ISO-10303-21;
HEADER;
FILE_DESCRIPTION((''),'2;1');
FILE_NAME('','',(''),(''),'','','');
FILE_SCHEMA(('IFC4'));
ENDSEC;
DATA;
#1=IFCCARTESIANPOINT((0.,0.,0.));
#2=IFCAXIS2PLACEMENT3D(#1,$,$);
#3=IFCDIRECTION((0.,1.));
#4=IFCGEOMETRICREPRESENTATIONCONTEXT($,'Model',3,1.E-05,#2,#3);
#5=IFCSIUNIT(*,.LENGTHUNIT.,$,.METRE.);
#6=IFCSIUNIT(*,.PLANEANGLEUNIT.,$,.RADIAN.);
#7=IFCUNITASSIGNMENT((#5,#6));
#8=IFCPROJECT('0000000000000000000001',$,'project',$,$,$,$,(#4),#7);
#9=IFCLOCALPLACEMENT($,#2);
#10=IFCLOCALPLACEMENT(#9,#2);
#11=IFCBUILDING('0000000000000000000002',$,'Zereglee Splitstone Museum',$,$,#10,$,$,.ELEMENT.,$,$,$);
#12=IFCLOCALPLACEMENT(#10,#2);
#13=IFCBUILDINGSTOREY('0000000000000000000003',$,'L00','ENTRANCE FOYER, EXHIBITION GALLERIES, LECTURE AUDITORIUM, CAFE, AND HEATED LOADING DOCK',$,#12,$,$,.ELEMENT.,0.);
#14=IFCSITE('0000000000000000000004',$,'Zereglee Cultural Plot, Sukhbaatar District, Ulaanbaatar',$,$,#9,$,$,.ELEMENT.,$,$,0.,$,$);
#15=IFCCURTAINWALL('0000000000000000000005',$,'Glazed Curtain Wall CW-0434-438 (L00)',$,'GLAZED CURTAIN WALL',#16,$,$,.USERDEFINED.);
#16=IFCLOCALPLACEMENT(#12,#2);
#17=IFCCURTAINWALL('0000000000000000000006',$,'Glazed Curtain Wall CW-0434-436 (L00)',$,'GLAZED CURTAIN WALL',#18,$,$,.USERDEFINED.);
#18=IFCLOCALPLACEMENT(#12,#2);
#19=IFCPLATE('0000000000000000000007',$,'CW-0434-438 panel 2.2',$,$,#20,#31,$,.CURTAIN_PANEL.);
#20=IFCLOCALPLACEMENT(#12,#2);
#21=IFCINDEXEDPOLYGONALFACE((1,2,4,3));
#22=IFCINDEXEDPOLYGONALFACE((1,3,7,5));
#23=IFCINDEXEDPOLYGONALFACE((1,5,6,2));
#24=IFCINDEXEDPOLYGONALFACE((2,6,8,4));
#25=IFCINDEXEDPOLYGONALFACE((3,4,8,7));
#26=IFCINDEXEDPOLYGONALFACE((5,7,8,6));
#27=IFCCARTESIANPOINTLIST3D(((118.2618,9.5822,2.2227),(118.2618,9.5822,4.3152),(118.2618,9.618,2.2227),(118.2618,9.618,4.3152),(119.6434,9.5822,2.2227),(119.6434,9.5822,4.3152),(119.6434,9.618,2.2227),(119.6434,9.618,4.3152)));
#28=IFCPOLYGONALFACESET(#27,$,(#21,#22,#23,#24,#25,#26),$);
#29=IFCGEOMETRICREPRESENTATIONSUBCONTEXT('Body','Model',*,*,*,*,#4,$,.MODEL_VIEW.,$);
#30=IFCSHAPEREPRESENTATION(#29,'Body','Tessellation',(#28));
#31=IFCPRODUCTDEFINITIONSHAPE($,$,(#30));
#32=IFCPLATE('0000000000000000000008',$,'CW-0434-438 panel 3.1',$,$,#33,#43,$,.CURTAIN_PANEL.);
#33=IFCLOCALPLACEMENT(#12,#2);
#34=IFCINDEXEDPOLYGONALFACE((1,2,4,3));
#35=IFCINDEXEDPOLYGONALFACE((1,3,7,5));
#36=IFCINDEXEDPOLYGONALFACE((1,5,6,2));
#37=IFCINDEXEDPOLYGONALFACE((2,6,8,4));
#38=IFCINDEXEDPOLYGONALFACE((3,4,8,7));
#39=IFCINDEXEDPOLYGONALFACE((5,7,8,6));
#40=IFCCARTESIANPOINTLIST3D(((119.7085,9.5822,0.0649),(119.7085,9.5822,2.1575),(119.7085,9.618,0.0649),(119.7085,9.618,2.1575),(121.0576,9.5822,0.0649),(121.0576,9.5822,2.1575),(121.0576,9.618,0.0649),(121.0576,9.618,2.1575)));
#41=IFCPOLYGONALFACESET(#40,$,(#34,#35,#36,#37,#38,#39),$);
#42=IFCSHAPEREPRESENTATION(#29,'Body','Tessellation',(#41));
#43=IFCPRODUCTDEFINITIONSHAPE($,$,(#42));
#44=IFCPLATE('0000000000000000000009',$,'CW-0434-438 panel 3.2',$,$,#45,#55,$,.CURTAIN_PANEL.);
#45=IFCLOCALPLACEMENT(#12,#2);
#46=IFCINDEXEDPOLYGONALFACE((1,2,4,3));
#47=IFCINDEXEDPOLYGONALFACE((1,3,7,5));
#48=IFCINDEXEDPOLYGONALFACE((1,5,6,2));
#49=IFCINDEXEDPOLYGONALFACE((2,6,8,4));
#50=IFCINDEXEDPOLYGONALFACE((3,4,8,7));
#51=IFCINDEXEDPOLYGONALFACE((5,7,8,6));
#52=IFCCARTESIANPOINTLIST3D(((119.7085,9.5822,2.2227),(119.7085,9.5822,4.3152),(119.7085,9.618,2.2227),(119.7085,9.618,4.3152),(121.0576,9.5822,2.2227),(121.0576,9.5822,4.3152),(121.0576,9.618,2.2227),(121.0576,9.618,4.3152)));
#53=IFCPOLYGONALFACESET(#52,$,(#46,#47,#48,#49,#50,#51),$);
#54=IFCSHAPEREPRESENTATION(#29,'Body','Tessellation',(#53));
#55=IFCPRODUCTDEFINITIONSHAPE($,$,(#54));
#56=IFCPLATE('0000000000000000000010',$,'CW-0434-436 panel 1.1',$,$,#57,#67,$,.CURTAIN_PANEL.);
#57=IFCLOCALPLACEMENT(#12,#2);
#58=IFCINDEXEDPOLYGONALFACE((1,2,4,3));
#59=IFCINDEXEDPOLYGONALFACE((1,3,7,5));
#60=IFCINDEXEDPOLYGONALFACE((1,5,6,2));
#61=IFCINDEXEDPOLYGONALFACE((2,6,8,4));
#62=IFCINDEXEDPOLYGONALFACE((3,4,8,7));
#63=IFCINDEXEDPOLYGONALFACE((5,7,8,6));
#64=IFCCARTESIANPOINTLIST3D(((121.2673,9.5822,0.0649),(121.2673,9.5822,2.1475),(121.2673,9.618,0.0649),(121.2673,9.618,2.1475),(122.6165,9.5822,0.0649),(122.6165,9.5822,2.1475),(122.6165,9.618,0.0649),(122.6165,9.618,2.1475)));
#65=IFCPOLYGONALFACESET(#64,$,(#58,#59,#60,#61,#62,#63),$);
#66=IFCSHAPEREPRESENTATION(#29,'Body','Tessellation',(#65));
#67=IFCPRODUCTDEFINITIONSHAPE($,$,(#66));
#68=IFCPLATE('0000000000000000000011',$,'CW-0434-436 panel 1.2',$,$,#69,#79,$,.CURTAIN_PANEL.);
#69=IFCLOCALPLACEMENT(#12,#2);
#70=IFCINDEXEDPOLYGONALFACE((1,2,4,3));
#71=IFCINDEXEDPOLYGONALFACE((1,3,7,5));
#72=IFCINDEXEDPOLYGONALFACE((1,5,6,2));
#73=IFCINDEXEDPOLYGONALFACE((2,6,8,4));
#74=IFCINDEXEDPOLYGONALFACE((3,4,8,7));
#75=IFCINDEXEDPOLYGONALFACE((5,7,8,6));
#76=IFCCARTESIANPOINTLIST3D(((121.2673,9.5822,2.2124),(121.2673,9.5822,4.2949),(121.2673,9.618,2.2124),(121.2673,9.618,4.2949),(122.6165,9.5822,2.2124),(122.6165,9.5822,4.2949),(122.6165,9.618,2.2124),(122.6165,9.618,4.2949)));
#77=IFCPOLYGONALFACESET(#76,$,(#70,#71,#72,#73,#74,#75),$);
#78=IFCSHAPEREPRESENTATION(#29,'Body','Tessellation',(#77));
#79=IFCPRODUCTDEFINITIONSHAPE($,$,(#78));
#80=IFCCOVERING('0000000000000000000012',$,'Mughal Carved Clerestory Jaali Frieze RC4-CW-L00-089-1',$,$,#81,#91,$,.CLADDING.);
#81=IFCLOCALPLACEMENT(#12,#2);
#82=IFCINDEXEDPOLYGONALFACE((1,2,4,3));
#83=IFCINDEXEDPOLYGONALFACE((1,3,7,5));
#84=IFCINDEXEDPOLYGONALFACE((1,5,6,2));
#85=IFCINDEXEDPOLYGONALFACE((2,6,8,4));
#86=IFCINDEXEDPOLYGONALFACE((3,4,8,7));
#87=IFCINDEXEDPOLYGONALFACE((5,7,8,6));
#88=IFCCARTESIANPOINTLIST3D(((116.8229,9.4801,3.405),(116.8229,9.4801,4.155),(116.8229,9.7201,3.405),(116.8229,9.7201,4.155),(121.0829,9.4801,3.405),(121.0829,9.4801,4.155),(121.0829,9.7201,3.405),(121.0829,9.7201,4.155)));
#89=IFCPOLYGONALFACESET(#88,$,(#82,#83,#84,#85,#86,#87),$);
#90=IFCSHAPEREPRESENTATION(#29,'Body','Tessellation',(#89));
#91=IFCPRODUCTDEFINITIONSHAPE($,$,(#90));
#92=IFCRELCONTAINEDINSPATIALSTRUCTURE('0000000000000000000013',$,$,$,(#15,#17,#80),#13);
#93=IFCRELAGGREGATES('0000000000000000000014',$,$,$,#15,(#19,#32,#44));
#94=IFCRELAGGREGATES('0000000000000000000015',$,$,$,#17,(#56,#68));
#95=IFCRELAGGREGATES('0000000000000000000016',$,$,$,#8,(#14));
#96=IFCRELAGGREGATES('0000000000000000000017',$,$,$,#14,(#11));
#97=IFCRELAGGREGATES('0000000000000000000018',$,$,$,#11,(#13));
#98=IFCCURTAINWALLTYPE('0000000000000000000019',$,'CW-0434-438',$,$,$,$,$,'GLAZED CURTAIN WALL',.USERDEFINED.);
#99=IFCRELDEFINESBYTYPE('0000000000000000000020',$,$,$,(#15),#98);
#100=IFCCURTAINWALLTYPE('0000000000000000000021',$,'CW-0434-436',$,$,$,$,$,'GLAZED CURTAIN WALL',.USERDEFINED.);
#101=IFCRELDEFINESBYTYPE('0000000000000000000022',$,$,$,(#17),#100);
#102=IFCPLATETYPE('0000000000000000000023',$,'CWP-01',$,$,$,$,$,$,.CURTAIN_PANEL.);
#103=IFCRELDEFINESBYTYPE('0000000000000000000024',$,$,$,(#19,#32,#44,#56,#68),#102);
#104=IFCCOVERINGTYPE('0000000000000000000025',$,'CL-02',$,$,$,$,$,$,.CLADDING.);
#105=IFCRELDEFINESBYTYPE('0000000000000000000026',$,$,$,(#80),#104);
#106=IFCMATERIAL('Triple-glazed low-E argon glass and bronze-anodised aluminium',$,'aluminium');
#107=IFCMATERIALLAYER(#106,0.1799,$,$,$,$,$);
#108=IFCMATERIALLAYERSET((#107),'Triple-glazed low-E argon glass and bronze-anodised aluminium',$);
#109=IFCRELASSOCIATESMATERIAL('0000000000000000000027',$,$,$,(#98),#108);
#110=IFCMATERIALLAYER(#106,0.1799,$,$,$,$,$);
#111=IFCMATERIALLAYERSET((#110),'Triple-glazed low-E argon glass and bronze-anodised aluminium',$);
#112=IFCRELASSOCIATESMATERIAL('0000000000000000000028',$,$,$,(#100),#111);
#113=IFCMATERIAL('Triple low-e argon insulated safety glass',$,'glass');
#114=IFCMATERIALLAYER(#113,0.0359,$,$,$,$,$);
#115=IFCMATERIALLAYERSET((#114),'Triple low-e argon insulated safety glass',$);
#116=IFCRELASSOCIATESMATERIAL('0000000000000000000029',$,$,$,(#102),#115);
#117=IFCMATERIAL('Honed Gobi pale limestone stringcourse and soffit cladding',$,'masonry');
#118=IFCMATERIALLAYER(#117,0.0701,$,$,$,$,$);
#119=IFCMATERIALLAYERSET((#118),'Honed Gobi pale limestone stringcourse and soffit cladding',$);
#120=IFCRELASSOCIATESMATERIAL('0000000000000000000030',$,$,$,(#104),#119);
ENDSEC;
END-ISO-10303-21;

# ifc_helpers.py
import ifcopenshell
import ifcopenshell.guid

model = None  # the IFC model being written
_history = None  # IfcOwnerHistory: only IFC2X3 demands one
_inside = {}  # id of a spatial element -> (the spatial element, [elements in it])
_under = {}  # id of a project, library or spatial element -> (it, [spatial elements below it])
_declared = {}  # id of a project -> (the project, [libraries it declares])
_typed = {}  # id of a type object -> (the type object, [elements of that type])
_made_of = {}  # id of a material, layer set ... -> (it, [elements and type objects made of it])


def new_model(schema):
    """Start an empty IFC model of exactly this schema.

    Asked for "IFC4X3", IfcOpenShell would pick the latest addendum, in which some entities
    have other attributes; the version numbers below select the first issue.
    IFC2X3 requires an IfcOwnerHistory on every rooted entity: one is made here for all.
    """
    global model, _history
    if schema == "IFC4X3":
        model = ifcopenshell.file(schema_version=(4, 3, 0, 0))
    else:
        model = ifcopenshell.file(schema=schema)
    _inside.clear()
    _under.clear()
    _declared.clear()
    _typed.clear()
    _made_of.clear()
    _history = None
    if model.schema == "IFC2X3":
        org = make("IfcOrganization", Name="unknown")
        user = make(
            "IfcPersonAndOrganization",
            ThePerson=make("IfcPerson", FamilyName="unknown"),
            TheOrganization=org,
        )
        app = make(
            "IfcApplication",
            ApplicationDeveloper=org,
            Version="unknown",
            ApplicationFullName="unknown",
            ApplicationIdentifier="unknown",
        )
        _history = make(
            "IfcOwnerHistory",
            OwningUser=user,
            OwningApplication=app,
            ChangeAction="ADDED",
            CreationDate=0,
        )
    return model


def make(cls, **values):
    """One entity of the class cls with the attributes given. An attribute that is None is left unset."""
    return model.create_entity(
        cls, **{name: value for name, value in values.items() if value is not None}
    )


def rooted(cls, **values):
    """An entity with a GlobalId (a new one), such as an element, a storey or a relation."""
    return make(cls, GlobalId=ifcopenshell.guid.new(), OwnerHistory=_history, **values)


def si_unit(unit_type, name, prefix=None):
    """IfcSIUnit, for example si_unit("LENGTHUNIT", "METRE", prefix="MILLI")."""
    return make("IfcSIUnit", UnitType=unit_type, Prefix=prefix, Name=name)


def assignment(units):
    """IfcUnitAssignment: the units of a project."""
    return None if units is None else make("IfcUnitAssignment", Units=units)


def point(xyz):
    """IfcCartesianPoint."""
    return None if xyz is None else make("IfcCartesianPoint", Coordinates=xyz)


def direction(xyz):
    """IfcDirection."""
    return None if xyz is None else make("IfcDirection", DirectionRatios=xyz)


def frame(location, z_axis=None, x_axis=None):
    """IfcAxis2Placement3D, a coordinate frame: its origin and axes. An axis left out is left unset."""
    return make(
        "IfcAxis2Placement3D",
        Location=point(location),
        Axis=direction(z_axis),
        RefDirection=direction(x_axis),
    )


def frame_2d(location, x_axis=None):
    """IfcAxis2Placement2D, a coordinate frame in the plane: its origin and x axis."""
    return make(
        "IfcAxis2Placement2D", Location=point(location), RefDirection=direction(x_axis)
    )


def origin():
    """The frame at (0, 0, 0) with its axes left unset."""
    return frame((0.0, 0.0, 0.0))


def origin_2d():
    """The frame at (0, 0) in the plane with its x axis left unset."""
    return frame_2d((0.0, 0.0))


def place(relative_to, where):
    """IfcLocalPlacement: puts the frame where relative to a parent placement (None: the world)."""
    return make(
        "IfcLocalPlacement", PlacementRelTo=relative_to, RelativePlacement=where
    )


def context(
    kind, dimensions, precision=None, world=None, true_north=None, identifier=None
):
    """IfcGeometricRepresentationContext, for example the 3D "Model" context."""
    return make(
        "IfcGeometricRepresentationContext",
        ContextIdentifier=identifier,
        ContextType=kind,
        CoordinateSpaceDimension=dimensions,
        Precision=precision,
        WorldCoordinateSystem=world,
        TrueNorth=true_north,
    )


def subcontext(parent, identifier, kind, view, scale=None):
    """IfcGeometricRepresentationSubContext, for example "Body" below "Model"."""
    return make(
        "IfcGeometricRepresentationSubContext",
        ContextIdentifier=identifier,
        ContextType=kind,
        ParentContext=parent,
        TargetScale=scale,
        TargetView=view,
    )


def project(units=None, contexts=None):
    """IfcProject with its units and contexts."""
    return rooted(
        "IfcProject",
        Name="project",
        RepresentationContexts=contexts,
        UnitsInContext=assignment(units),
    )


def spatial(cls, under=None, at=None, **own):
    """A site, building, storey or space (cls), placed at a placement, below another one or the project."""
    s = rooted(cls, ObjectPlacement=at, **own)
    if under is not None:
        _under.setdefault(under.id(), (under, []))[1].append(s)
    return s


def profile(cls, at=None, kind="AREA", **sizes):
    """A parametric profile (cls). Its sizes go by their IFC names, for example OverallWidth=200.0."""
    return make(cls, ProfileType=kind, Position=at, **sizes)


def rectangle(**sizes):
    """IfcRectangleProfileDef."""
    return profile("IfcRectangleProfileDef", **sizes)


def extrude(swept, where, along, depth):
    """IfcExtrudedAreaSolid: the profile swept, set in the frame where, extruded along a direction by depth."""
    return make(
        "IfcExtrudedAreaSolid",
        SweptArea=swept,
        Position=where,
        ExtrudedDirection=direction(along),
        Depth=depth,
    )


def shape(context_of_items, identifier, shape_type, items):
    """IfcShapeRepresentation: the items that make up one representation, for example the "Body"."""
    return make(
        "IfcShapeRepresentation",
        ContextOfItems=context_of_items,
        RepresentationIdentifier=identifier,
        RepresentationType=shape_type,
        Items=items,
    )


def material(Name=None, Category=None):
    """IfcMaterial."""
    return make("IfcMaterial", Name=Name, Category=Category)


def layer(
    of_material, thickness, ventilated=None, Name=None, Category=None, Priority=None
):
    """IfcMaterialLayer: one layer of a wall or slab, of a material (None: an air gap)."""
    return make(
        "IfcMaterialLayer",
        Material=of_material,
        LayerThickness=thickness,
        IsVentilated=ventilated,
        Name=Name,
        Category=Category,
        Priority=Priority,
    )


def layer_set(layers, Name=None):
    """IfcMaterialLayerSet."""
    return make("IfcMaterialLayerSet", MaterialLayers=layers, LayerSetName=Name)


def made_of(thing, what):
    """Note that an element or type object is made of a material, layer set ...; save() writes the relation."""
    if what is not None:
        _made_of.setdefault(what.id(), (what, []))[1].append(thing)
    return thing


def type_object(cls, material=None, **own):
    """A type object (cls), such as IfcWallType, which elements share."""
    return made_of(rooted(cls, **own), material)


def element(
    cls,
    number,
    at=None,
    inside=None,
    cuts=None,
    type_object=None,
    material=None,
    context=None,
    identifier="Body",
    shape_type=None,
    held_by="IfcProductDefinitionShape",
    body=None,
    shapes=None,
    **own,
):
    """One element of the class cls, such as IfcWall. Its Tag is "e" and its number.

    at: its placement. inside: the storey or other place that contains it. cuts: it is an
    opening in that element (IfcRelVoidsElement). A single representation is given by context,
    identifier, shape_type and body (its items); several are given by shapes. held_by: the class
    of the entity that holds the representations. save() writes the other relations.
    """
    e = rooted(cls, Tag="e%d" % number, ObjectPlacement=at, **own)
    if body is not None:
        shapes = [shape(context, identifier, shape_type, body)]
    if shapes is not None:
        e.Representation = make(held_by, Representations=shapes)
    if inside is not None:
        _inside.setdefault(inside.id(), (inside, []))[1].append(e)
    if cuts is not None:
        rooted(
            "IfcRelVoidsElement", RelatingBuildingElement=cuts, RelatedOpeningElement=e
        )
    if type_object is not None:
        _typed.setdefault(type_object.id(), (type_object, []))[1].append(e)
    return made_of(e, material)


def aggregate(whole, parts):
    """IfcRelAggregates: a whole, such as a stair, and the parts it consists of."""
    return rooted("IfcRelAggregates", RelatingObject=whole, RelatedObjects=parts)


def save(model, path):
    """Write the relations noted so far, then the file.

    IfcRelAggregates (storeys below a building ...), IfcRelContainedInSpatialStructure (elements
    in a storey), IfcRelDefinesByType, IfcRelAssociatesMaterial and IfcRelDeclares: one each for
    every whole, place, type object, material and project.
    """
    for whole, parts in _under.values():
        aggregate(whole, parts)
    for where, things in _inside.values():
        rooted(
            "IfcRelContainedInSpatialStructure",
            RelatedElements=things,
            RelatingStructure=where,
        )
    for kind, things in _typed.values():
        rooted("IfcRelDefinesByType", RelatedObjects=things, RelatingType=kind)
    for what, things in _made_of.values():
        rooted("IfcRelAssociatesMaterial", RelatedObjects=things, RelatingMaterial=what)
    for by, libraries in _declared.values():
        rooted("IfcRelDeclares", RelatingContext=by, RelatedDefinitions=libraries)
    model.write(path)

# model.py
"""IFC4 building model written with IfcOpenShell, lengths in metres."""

from ifc_helpers import new_model, si_unit, direction, frame, origin, origin_2d, place, context, subcontext, project, spatial, rectangle, extrude, material, layer, layer_set, type_object, element, aggregate, save


model = new_model("IFC4")

# Units and contexts
model_context = context("Model", 3, precision=1e-05, world=origin(), true_north=direction((0.0, 1.0)))
body_context = subcontext(model_context, "Body", "Model", "MODEL_VIEW")
ifc_project = project(units=[si_unit("LENGTHUNIT", "METRE"), si_unit("PLANEANGLEUNIT", "RADIAN")], contexts=[model_context])

# Site, building, storey
site_placement = place(None, origin())
site = spatial("IfcSite", under=ifc_project, at=site_placement, Name="Zereglee Cultural Plot, Sukhbaatar District, Ulaanbaatar", CompositionType="ELEMENT", RefElevation=0.0)
building_placement = place(site_placement, origin())
building = spatial("IfcBuilding", under=site, at=building_placement, Name="Zereglee Splitstone Museum", CompositionType="ELEMENT")
storey_placement = place(building_placement, origin())
storey = spatial("IfcBuildingStorey", under=building, at=storey_placement, Name="L00", Description="ENTRANCE FOYER, EXHIBITION GALLERIES, LECTURE AUDITORIUM, CAFE, AND HEATED LOADING DOCK", CompositionType="ELEMENT", Elevation=0.0)

# Curtain walls
ifc_material_1 = material(Name="Triple-glazed low-E argon glass and bronze-anodised aluminium", Category="aluminium")
ifc_layer_1 = layer(ifc_material_1, 0.1799)
ifc_layer_set_1 = layer_set([ifc_layer_1], Name="Triple-glazed low-E argon glass and bronze-anodised aluminium")
curtain_wall_type_1 = type_object("IfcCurtainWallType", Name="CW-0434-438", ElementType="GLAZED CURTAIN WALL", PredefinedType="USERDEFINED", material=ifc_layer_set_1)
curtain_wall_1_placement = place(storey_placement, origin())
curtain_wall_1 = element("IfcCurtainWall", 1, at=curtain_wall_1_placement, inside=storey, type_object=curtain_wall_type_1, Name="Glazed Curtain Wall CW-0434-438 (L00)", ObjectType="GLAZED CURTAIN WALL", PredefinedType="USERDEFINED")
ifc_layer_2 = layer(ifc_material_1, 0.1799)
ifc_layer_set_2 = layer_set([ifc_layer_2], Name="Triple-glazed low-E argon glass and bronze-anodised aluminium")
curtain_wall_type_2 = type_object("IfcCurtainWallType", Name="CW-0434-436", ElementType="GLAZED CURTAIN WALL", PredefinedType="USERDEFINED", material=ifc_layer_set_2)
curtain_wall_2_placement = place(storey_placement, origin())
curtain_wall_2 = element("IfcCurtainWall", 2, at=curtain_wall_2_placement, inside=storey, type_object=curtain_wall_type_2, Name="Glazed Curtain Wall CW-0434-436 (L00)", ObjectType="GLAZED CURTAIN WALL", PredefinedType="USERDEFINED")

# Plates
ifc_material_2 = material(Name="Triple low-e argon insulated safety glass", Category="glass")
ifc_layer_3 = layer(ifc_material_2, 0.0359)
ifc_layer_set_3 = layer_set([ifc_layer_3], Name="Triple low-e argon insulated safety glass")
plate_type = type_object("IfcPlateType", Name="CWP-01", PredefinedType="CURTAIN_PANEL", material=ifc_layer_set_3)
plate_1_placement = place(storey_placement, frame((118.9526, 9.6001, 2.2227), z_axis=(0.0, 0.0, 1.0), x_axis=(1.0, 0.0, 0.0)))
plate_1 = element("IfcPlate", 3, at=plate_1_placement, type_object=plate_type, Name="CW-0434-438 panel 2.2", PredefinedType="CURTAIN_PANEL", context=body_context, shape_type="SweptSolid", body=[
    extrude(rectangle(XDim=1.3816, YDim=0.0359, at=origin_2d()), origin(), (0.0, 0.0, 1.0), 2.0925),
])
plate_2_placement = place(storey_placement, frame((120.3831, 9.6001, 0.0649), z_axis=(0.0, 0.0, 1.0), x_axis=(1.0, 0.0, 0.0)))
plate_2 = element("IfcPlate", 4, at=plate_2_placement, type_object=plate_type, Name="CW-0434-438 panel 3.1", PredefinedType="CURTAIN_PANEL", context=body_context, shape_type="SweptSolid", body=[
    extrude(rectangle(XDim=1.3491, YDim=0.0359, at=origin_2d()), origin(), (0.0, 0.0, 1.0), 2.0925),
])
plate_3_placement = place(storey_placement, frame((120.3831, 9.6001, 2.2227), z_axis=(0.0, 0.0, 1.0), x_axis=(1.0, 0.0, 0.0)))
plate_3 = element("IfcPlate", 5, at=plate_3_placement, type_object=plate_type, Name="CW-0434-438 panel 3.2", PredefinedType="CURTAIN_PANEL", context=body_context, shape_type="SweptSolid", body=[
    extrude(rectangle(XDim=1.3491, YDim=0.0359, at=origin_2d()), origin(), (0.0, 0.0, 1.0), 2.0925),
])
aggregate(curtain_wall_1, [plate_1, plate_2, plate_3])
plate_4_placement = place(storey_placement, frame((121.9419, 9.6001, 0.0649), z_axis=(0.0, 0.0, 1.0), x_axis=(1.0, 0.0, 0.0)))
plate_4 = element("IfcPlate", 6, at=plate_4_placement, type_object=plate_type, Name="CW-0434-436 panel 1.1", PredefinedType="CURTAIN_PANEL", context=body_context, shape_type="SweptSolid", body=[
    extrude(rectangle(XDim=1.3491, YDim=0.0359, at=origin_2d()), origin(), (0.0, 0.0, 1.0), 2.0825),
])
plate_5_placement = place(storey_placement, frame((121.9419, 9.6001, 2.2124), z_axis=(0.0, 0.0, 1.0), x_axis=(1.0, 0.0, 0.0)))
plate_5 = element("IfcPlate", 7, at=plate_5_placement, type_object=plate_type, Name="CW-0434-436 panel 1.2", PredefinedType="CURTAIN_PANEL", context=body_context, shape_type="SweptSolid", body=[
    extrude(rectangle(XDim=1.3491, YDim=0.0359, at=origin_2d()), origin(), (0.0, 0.0, 1.0), 2.0825),
])
aggregate(curtain_wall_2, [plate_4, plate_5])

# Covering
ifc_material_3 = material(Name="Honed Gobi pale limestone stringcourse and soffit cladding", Category="masonry")
ifc_layer_4 = layer(ifc_material_3, 0.0701)
ifc_layer_set_4 = layer_set([ifc_layer_4], Name="Honed Gobi pale limestone stringcourse and soffit cladding")
covering_type = type_object("IfcCoveringType", Name="CL-02", PredefinedType="CLADDING", material=ifc_layer_set_4)
covering_placement = place(storey_placement, frame((118.9529, 9.6001, 3.405), z_axis=(0.0, 0.0, 1.0), x_axis=(1.0, 0.0, 0.0)))
element("IfcCovering", 8, at=covering_placement, inside=storey, type_object=covering_type, Name="Mughal Carved Clerestory Jaali Frieze RC4-CW-L00-089-1", PredefinedType="CLADDING", context=body_context, shape_type="SweptSolid", body=[
    extrude(rectangle(XDim=4.26, YDim=0.24, at=origin_2d()), origin(), (0.0, 0.0, 1.0), 0.75),
])

save(model, "model.ifc")
